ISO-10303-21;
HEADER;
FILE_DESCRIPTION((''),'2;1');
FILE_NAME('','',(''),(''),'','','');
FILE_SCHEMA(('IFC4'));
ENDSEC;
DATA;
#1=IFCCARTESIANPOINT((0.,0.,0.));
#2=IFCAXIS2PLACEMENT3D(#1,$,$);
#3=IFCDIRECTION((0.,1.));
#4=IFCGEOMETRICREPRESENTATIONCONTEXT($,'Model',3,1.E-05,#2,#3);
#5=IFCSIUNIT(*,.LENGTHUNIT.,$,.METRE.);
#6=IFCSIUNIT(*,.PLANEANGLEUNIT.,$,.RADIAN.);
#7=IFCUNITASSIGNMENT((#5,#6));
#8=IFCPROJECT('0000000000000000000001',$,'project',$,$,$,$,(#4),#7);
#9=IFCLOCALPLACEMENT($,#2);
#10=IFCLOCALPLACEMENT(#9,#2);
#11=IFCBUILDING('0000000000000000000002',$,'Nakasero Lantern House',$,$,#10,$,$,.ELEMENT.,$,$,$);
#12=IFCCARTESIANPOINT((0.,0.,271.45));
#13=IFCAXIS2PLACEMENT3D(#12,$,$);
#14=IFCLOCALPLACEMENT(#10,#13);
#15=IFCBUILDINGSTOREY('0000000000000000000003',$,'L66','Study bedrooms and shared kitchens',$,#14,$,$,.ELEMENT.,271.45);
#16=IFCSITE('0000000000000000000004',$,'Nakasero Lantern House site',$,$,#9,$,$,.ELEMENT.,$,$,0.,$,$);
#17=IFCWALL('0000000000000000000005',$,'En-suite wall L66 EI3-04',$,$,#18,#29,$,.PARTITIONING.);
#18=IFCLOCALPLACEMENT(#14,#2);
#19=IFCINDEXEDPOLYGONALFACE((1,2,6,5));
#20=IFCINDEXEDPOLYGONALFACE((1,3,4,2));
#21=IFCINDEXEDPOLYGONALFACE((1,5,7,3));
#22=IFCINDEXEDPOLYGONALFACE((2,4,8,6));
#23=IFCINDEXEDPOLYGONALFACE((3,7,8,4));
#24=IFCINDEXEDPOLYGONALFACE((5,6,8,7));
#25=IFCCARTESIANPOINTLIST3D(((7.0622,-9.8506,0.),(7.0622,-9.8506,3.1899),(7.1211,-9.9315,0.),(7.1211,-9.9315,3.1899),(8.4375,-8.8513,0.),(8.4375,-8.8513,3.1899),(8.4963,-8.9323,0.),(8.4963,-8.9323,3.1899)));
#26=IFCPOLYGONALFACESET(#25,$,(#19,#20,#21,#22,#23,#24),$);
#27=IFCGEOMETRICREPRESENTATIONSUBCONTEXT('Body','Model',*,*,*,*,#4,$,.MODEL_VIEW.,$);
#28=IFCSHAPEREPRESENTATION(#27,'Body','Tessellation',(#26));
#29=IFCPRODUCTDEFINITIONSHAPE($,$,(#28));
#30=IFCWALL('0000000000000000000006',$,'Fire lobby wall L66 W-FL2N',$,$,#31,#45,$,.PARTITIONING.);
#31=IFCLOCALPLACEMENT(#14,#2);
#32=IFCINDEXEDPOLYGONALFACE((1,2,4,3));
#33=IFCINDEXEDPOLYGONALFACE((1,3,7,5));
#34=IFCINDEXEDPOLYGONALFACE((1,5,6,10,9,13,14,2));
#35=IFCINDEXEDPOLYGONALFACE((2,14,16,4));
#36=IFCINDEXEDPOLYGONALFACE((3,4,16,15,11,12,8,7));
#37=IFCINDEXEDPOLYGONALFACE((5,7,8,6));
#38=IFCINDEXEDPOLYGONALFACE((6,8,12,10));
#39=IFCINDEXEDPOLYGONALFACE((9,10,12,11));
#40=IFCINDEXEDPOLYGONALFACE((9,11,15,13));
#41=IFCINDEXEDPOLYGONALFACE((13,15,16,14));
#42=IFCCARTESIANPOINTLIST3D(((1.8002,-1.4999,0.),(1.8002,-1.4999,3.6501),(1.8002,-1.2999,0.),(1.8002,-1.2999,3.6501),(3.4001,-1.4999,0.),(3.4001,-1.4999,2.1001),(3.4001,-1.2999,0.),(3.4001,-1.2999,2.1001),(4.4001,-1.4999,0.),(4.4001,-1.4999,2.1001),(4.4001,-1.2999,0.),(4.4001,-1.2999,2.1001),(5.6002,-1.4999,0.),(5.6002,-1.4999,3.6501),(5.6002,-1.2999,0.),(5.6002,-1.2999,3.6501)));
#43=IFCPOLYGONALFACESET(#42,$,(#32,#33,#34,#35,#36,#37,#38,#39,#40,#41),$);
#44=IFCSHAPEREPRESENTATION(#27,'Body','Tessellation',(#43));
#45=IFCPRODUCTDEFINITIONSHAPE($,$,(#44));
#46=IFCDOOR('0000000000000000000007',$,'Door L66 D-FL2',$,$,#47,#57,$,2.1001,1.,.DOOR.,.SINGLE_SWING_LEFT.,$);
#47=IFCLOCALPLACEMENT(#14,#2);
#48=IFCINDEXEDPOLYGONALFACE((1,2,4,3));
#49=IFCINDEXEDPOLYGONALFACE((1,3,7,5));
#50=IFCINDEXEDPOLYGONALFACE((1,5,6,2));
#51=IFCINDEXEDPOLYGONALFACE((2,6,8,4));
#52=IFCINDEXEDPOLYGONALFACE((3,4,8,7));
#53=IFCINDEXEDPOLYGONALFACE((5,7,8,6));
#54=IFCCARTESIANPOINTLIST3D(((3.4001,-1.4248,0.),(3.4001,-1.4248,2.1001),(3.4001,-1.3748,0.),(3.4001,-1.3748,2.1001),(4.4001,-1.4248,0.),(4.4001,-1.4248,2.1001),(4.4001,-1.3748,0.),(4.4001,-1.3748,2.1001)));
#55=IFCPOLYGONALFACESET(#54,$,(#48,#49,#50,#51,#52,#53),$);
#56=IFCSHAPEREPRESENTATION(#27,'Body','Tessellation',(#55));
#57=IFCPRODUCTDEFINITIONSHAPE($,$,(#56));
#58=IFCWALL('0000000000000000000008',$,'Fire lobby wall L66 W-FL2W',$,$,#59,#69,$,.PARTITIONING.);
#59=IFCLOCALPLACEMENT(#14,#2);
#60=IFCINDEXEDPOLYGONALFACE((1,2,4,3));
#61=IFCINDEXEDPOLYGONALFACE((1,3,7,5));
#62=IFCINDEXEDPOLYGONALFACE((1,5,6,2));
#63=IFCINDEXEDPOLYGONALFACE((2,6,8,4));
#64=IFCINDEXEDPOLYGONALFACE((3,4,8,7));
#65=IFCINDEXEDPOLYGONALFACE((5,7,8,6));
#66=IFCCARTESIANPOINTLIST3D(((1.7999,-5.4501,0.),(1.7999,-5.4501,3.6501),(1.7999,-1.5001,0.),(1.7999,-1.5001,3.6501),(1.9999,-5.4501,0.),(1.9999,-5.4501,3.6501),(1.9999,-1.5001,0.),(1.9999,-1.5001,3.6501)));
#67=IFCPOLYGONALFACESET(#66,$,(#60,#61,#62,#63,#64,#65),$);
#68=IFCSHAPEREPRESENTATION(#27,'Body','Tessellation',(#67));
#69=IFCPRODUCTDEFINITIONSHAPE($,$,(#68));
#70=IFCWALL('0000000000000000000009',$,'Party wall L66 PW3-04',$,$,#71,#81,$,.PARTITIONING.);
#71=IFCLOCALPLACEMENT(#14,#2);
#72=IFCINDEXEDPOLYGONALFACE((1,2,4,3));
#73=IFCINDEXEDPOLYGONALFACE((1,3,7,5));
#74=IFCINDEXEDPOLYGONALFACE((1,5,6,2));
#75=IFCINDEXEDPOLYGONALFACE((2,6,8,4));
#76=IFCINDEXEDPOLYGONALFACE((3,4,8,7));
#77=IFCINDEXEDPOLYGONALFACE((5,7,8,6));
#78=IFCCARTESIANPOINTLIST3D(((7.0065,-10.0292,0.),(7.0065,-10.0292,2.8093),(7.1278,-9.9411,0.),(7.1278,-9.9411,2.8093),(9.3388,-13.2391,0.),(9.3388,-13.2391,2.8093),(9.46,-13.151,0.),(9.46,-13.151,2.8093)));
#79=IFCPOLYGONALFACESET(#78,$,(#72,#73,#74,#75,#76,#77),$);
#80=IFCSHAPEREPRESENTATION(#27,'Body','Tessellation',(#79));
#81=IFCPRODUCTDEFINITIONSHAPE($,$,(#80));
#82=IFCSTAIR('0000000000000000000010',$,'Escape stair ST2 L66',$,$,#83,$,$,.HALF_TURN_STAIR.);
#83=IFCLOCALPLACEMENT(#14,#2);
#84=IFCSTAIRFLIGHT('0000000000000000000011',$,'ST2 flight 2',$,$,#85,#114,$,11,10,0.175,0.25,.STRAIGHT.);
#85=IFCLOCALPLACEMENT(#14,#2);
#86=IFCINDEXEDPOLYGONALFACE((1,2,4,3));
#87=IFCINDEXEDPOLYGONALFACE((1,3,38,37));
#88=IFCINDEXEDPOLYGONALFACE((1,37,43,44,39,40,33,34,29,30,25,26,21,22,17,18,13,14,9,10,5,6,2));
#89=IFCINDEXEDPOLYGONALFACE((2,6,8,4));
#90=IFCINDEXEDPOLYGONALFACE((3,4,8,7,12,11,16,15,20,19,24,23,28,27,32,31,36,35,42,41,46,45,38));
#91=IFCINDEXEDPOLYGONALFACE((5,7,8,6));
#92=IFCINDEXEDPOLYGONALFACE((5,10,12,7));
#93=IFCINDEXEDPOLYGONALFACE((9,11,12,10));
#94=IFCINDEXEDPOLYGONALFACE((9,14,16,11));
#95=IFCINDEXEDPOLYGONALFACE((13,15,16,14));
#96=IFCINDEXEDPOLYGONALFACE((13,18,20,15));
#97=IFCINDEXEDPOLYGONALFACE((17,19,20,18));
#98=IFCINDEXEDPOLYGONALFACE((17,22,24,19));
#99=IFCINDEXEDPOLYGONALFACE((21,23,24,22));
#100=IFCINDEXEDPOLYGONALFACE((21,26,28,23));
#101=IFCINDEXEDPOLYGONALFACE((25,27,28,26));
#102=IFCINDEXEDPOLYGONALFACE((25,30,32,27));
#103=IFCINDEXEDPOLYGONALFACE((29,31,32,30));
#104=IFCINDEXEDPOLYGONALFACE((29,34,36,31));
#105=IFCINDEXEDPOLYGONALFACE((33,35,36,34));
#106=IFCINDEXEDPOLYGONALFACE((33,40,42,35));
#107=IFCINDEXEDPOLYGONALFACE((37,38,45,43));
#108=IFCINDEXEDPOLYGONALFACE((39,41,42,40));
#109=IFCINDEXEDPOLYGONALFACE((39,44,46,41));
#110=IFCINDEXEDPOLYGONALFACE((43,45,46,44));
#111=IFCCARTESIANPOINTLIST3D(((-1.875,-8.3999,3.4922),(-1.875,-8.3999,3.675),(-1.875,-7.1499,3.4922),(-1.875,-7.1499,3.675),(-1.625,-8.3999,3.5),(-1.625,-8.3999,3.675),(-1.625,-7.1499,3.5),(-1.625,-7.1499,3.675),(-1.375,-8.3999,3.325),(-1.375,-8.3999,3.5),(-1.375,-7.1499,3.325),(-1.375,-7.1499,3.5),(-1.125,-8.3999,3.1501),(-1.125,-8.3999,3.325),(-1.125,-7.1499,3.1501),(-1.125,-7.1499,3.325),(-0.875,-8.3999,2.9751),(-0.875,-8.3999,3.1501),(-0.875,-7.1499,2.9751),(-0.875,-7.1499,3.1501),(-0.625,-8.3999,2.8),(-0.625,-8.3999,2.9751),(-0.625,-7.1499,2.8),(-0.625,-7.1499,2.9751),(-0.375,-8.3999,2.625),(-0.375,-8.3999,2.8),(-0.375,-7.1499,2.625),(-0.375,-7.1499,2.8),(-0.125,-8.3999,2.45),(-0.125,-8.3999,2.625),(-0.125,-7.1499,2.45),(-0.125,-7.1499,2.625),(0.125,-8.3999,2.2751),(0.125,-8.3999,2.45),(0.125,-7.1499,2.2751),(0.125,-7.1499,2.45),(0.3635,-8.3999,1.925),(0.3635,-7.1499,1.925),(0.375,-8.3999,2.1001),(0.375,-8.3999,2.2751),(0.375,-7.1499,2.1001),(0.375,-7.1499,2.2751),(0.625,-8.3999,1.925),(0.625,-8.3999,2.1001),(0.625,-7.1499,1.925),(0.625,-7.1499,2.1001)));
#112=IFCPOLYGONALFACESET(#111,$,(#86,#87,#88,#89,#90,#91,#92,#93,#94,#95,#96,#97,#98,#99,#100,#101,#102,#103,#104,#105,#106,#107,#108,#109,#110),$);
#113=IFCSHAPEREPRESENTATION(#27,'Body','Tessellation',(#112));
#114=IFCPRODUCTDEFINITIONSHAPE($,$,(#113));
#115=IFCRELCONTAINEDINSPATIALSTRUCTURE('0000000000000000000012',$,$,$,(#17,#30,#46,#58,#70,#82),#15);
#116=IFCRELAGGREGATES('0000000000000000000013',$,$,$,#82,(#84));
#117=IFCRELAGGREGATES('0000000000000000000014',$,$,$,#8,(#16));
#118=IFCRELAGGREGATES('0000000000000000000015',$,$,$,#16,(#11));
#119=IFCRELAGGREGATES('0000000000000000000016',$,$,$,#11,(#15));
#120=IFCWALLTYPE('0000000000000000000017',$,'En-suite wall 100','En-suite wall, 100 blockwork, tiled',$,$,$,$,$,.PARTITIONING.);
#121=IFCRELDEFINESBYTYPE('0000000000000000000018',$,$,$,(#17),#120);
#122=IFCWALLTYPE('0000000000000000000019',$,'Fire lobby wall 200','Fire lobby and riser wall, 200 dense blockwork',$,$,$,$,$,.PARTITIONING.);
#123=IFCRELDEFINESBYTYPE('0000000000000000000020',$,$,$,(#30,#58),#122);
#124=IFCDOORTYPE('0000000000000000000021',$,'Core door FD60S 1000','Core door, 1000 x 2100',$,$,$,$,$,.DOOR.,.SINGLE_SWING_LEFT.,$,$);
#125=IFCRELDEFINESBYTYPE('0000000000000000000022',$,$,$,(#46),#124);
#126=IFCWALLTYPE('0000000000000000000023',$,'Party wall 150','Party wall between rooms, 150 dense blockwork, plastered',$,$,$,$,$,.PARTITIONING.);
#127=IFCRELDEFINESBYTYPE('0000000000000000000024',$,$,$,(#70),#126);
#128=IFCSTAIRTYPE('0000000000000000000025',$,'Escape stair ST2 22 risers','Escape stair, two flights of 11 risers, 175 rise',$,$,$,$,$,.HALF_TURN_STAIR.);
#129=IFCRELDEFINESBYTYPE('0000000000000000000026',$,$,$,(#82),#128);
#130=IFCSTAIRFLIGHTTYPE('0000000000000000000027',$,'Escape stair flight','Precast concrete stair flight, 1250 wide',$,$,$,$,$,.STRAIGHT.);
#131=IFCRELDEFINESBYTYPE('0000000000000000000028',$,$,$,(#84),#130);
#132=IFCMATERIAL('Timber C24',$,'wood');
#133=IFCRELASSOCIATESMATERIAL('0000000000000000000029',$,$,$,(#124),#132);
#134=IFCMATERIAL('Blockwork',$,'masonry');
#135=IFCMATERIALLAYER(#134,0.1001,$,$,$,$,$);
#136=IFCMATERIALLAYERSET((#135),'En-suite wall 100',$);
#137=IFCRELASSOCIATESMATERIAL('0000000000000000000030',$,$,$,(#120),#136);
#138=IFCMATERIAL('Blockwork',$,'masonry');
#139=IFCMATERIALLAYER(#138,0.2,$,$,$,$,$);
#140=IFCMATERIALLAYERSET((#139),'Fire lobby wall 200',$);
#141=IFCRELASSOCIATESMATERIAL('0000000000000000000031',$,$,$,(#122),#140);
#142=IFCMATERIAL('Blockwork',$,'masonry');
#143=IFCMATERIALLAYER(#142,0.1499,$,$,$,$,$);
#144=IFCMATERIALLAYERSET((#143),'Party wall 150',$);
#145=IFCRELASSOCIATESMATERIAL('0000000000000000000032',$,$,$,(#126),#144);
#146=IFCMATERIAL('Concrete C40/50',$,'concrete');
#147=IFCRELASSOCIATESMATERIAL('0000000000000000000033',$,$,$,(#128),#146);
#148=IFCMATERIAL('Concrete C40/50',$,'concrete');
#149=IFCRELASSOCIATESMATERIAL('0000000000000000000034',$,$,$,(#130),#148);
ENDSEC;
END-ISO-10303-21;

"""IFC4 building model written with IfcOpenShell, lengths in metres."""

from ifc_helpers import new_model, si_unit, direction, frame, frame_2d, origin, place, context, subcontext, project, spatial, polyline, rectangle, outline, extrude, material, layer, layer_set, type_object, element, fill, aggregate, save


model = new_model("IFC4")

# Units and contexts
model_context = context("Model", 3, precision=1e-05, world=origin(), true_north=direction((0.0, 1.0)))
body_context = subcontext(model_context, "Body", "Model", "MODEL_VIEW")
ifc_project = project(units=[si_unit("LENGTHUNIT", "METRE"), si_unit("PLANEANGLEUNIT", "RADIAN")], contexts=[model_context])

# Site, building, storey
site_placement = place(None, origin())
site = spatial("IfcSite", under=ifc_project, at=site_placement, Name="Nakasero Lantern House site", CompositionType="ELEMENT", RefElevation=0.0)
building_placement = place(site_placement, origin())
building = spatial("IfcBuilding", under=site, at=building_placement, Name="Nakasero Lantern House", CompositionType="ELEMENT")
storey_placement = place(building_placement, frame((0.0, 0.0, 271.45)))
storey = spatial("IfcBuildingStorey", under=building, at=storey_placement, Name="L66", Description="Study bedrooms and shared kitchens", CompositionType="ELEMENT", Elevation=271.45)

# Shared definitions
ifc_material_1 = material(Name="Timber C24", Category="wood")
door_type_1 = type_object("IfcDoorType", Name="Core door FD60S 1000", Description="Core door, 1000 x 2100", OperationType="SINGLE_SWING_LEFT", PredefinedType="DOOR", material=ifc_material_1)

# Wall
ifc_material_2 = material(Name="Blockwork", Category="masonry")
ifc_layer_1 = layer(ifc_material_2, 0.1001)
ifc_layer_set_1 = layer_set([ifc_layer_1], Name="En-suite wall 100")
wall_type_1 = type_object("IfcWallType", Name="En-suite wall 100", Description="En-suite wall, 100 blockwork, tiled", PredefinedType="PARTITIONING", material=ifc_layer_set_1)
wall_1_placement = place(storey_placement, frame((7.0916, -9.8911, 0.0), z_axis=(0.0, 0.0, 1.0), x_axis=(0.808991, 0.587822, 0.0)))
element("IfcWall", 1, at=wall_1_placement, inside=storey, type_object=wall_type_1, Name="En-suite wall L66 EI3-04", PredefinedType="PARTITIONING", context=body_context, shape_type="SweptSolid", body=[
    extrude(rectangle(XDim=1.7, YDim=0.1001, at=frame_2d((0.8501, 0.0))), origin(), (0.0, 0.0, 1.0), 3.1899),
])

# Wall, opening, door
ifc_material_3 = material(Name="Blockwork", Category="masonry")
ifc_layer_2 = layer(ifc_material_3, 0.2)
ifc_layer_set_2 = layer_set([ifc_layer_2], Name="Fire lobby wall 200")
wall_type_2 = type_object("IfcWallType", Name="Fire lobby wall 200", Description="Fire lobby and riser wall, 200 dense blockwork", PredefinedType="PARTITIONING", material=ifc_layer_set_2)
wall_2_placement = place(storey_placement, frame((5.6001, -1.3999, 0.0), z_axis=(0.0, 0.0, 1.0), x_axis=(-1.0, 0.0, 0.0)))
wall_2 = element("IfcWall", 2, at=wall_2_placement, inside=storey, type_object=wall_type_2, Name="Fire lobby wall L66 W-FL2N", PredefinedType="PARTITIONING", context=body_context, shape_type="SweptSolid", body=[
    extrude(rectangle(XDim=3.8, YDim=0.2, at=frame_2d((1.8999, 0.0))), origin(), (0.0, 0.0, 1.0), 3.6501),
])
opening_1_placement = place(wall_2_placement, frame((1.2, 0.0, 0.0)))
opening_1 = element("IfcOpeningElement", 3, at=opening_1_placement, cuts=wall_2, PredefinedType="OPENING", context=body_context, shape_type="SweptSolid", body=[
    extrude(rectangle(XDim=1.0, YDim=2.1001, at=frame_2d((0.5, 1.05))), frame((0.0, 0.1199, 0.0), z_axis=(0.0, -1.0, 0.0), x_axis=(1.0, 0.0, 0.0)), (0.0, 0.0, 1.0), 0.24),
])
door_1_placement = place(opening_1_placement, origin())
door_1 = element("IfcDoor", 4, at=door_1_placement, inside=storey, type_object=door_type_1, Name="Door L66 D-FL2", OperationType="SINGLE_SWING_LEFT", OverallHeight=2.1001, OverallWidth=1.0, PredefinedType="DOOR", context=body_context, shape_type="SweptSolid", body=[
    extrude(rectangle(XDim=1.0, YDim=2.1001, at=frame_2d((0.5, 1.05))), frame((0.0, 0.0249, 0.0), z_axis=(0.0, -1.0, 0.0), x_axis=(1.0, 0.0, 0.0)), (0.0, 0.0, 1.0), 0.05),
])
fill(opening_1, door_1)

# Walls
wall_3_placement = place(storey_placement, frame((1.8999, -1.5, 0.0), z_axis=(0.0, 0.0, 1.0), x_axis=(0.0, -1.0, 0.0)))
element("IfcWall", 5, at=wall_3_placement, inside=storey, type_object=wall_type_2, Name="Fire lobby wall L66 W-FL2W", PredefinedType="PARTITIONING", context=body_context, shape_type="SweptSolid", body=[
    extrude(rectangle(XDim=3.95, YDim=0.2, at=frame_2d((1.9751, 0.0))), origin(), (0.0, 0.0, 1.0), 3.6501),
])
ifc_material_4 = material(Name="Blockwork", Category="masonry")
ifc_layer_3 = layer(ifc_material_4, 0.1499)
ifc_layer_set_3 = layer_set([ifc_layer_3], Name="Party wall 150")
wall_type_3 = type_object("IfcWallType", Name="Party wall 150", Description="Party wall between rooms, 150 dense blockwork, plastered", PredefinedType="PARTITIONING", material=ifc_layer_set_3)
wall_4_placement = place(storey_placement, frame((7.0671, -9.9851, 0.0), z_axis=(0.0, 0.0, 1.0), x_axis=(0.587802, -0.809005, 0.0)))
element("IfcWall", 6, at=wall_4_placement, inside=storey, type_object=wall_type_3, Name="Party wall L66 PW3-04", PredefinedType="PARTITIONING", context=body_context, shape_type="SweptSolid", body=[
    extrude(rectangle(XDim=3.9678, YDim=0.1499, at=frame_2d((1.9839, 0.0))), origin(), (0.0, 0.0, 1.0), 2.8093),
])

# Stair, stair flight
ifc_material_5 = material(Name="Concrete C40/50", Category="concrete")
stair_type_1 = type_object("IfcStairType", Name="Escape stair ST2 22 risers", Description="Escape stair, two flights of 11 risers, 175 rise", PredefinedType="HALF_TURN_STAIR", material=ifc_material_5)
stair_1_placement = place(storey_placement, origin())
stair_1 = element("IfcStair", 7, at=stair_1_placement, inside=storey, type_object=stair_type_1, Name="Escape stair ST2 L66", PredefinedType="HALF_TURN_STAIR")
ifc_material_6 = material(Name="Concrete C40/50", Category="concrete")
stair_flight_type = type_object("IfcStairFlightType", Name="Escape stair flight", Description="Precast concrete stair flight, 1250 wide", PredefinedType="STRAIGHT", material=ifc_material_6)
stair_flight_placement = place(storey_placement, frame((0.625, -7.7749, 1.925), z_axis=(0.0, 0.0, 1.0), x_axis=(-1.0, 0.0, 0.0)))
stair_flight = element("IfcStairFlight", 8, at=stair_flight_placement, type_object=stair_flight_type, Name="ST2 flight 2", NumberOfRisers=11, NumberOfTreads=10, PredefinedType="STRAIGHT", RiserHeight=0.175, TreadLength=0.25, context=body_context, shape_type="SweptSolid", body=[
    extrude(outline(polyline([(0.0, 0.0), (0.0, 0.175), (0.25, 0.175), (0.25, 0.3501), (0.5, 0.3501), (0.5, 0.5249), (0.75, 0.5249), (0.75, 0.7), (1.0, 0.7), (1.0, 0.875), (1.25, 0.875), (1.25, 1.05), (1.5, 1.05), (1.5, 1.2251), (1.75, 1.2251), (1.75, 1.3999), (2.0, 1.3999), (2.0, 1.575), (2.25, 1.575), (2.25, 1.75), (2.5, 1.75), (2.5, 1.925), (2.5, 1.5671), (0.2615, 0.0), (0.0, 0.0)])), frame((0.0, 0.625, 0.0), z_axis=(0.0, -1.0, 0.0), x_axis=(1.0, 0.0, 0.0)), (0.0, 0.0, 1.0), 1.25),
])
aggregate(stair_1, [stair_flight])

save(model, "model.ifc")
